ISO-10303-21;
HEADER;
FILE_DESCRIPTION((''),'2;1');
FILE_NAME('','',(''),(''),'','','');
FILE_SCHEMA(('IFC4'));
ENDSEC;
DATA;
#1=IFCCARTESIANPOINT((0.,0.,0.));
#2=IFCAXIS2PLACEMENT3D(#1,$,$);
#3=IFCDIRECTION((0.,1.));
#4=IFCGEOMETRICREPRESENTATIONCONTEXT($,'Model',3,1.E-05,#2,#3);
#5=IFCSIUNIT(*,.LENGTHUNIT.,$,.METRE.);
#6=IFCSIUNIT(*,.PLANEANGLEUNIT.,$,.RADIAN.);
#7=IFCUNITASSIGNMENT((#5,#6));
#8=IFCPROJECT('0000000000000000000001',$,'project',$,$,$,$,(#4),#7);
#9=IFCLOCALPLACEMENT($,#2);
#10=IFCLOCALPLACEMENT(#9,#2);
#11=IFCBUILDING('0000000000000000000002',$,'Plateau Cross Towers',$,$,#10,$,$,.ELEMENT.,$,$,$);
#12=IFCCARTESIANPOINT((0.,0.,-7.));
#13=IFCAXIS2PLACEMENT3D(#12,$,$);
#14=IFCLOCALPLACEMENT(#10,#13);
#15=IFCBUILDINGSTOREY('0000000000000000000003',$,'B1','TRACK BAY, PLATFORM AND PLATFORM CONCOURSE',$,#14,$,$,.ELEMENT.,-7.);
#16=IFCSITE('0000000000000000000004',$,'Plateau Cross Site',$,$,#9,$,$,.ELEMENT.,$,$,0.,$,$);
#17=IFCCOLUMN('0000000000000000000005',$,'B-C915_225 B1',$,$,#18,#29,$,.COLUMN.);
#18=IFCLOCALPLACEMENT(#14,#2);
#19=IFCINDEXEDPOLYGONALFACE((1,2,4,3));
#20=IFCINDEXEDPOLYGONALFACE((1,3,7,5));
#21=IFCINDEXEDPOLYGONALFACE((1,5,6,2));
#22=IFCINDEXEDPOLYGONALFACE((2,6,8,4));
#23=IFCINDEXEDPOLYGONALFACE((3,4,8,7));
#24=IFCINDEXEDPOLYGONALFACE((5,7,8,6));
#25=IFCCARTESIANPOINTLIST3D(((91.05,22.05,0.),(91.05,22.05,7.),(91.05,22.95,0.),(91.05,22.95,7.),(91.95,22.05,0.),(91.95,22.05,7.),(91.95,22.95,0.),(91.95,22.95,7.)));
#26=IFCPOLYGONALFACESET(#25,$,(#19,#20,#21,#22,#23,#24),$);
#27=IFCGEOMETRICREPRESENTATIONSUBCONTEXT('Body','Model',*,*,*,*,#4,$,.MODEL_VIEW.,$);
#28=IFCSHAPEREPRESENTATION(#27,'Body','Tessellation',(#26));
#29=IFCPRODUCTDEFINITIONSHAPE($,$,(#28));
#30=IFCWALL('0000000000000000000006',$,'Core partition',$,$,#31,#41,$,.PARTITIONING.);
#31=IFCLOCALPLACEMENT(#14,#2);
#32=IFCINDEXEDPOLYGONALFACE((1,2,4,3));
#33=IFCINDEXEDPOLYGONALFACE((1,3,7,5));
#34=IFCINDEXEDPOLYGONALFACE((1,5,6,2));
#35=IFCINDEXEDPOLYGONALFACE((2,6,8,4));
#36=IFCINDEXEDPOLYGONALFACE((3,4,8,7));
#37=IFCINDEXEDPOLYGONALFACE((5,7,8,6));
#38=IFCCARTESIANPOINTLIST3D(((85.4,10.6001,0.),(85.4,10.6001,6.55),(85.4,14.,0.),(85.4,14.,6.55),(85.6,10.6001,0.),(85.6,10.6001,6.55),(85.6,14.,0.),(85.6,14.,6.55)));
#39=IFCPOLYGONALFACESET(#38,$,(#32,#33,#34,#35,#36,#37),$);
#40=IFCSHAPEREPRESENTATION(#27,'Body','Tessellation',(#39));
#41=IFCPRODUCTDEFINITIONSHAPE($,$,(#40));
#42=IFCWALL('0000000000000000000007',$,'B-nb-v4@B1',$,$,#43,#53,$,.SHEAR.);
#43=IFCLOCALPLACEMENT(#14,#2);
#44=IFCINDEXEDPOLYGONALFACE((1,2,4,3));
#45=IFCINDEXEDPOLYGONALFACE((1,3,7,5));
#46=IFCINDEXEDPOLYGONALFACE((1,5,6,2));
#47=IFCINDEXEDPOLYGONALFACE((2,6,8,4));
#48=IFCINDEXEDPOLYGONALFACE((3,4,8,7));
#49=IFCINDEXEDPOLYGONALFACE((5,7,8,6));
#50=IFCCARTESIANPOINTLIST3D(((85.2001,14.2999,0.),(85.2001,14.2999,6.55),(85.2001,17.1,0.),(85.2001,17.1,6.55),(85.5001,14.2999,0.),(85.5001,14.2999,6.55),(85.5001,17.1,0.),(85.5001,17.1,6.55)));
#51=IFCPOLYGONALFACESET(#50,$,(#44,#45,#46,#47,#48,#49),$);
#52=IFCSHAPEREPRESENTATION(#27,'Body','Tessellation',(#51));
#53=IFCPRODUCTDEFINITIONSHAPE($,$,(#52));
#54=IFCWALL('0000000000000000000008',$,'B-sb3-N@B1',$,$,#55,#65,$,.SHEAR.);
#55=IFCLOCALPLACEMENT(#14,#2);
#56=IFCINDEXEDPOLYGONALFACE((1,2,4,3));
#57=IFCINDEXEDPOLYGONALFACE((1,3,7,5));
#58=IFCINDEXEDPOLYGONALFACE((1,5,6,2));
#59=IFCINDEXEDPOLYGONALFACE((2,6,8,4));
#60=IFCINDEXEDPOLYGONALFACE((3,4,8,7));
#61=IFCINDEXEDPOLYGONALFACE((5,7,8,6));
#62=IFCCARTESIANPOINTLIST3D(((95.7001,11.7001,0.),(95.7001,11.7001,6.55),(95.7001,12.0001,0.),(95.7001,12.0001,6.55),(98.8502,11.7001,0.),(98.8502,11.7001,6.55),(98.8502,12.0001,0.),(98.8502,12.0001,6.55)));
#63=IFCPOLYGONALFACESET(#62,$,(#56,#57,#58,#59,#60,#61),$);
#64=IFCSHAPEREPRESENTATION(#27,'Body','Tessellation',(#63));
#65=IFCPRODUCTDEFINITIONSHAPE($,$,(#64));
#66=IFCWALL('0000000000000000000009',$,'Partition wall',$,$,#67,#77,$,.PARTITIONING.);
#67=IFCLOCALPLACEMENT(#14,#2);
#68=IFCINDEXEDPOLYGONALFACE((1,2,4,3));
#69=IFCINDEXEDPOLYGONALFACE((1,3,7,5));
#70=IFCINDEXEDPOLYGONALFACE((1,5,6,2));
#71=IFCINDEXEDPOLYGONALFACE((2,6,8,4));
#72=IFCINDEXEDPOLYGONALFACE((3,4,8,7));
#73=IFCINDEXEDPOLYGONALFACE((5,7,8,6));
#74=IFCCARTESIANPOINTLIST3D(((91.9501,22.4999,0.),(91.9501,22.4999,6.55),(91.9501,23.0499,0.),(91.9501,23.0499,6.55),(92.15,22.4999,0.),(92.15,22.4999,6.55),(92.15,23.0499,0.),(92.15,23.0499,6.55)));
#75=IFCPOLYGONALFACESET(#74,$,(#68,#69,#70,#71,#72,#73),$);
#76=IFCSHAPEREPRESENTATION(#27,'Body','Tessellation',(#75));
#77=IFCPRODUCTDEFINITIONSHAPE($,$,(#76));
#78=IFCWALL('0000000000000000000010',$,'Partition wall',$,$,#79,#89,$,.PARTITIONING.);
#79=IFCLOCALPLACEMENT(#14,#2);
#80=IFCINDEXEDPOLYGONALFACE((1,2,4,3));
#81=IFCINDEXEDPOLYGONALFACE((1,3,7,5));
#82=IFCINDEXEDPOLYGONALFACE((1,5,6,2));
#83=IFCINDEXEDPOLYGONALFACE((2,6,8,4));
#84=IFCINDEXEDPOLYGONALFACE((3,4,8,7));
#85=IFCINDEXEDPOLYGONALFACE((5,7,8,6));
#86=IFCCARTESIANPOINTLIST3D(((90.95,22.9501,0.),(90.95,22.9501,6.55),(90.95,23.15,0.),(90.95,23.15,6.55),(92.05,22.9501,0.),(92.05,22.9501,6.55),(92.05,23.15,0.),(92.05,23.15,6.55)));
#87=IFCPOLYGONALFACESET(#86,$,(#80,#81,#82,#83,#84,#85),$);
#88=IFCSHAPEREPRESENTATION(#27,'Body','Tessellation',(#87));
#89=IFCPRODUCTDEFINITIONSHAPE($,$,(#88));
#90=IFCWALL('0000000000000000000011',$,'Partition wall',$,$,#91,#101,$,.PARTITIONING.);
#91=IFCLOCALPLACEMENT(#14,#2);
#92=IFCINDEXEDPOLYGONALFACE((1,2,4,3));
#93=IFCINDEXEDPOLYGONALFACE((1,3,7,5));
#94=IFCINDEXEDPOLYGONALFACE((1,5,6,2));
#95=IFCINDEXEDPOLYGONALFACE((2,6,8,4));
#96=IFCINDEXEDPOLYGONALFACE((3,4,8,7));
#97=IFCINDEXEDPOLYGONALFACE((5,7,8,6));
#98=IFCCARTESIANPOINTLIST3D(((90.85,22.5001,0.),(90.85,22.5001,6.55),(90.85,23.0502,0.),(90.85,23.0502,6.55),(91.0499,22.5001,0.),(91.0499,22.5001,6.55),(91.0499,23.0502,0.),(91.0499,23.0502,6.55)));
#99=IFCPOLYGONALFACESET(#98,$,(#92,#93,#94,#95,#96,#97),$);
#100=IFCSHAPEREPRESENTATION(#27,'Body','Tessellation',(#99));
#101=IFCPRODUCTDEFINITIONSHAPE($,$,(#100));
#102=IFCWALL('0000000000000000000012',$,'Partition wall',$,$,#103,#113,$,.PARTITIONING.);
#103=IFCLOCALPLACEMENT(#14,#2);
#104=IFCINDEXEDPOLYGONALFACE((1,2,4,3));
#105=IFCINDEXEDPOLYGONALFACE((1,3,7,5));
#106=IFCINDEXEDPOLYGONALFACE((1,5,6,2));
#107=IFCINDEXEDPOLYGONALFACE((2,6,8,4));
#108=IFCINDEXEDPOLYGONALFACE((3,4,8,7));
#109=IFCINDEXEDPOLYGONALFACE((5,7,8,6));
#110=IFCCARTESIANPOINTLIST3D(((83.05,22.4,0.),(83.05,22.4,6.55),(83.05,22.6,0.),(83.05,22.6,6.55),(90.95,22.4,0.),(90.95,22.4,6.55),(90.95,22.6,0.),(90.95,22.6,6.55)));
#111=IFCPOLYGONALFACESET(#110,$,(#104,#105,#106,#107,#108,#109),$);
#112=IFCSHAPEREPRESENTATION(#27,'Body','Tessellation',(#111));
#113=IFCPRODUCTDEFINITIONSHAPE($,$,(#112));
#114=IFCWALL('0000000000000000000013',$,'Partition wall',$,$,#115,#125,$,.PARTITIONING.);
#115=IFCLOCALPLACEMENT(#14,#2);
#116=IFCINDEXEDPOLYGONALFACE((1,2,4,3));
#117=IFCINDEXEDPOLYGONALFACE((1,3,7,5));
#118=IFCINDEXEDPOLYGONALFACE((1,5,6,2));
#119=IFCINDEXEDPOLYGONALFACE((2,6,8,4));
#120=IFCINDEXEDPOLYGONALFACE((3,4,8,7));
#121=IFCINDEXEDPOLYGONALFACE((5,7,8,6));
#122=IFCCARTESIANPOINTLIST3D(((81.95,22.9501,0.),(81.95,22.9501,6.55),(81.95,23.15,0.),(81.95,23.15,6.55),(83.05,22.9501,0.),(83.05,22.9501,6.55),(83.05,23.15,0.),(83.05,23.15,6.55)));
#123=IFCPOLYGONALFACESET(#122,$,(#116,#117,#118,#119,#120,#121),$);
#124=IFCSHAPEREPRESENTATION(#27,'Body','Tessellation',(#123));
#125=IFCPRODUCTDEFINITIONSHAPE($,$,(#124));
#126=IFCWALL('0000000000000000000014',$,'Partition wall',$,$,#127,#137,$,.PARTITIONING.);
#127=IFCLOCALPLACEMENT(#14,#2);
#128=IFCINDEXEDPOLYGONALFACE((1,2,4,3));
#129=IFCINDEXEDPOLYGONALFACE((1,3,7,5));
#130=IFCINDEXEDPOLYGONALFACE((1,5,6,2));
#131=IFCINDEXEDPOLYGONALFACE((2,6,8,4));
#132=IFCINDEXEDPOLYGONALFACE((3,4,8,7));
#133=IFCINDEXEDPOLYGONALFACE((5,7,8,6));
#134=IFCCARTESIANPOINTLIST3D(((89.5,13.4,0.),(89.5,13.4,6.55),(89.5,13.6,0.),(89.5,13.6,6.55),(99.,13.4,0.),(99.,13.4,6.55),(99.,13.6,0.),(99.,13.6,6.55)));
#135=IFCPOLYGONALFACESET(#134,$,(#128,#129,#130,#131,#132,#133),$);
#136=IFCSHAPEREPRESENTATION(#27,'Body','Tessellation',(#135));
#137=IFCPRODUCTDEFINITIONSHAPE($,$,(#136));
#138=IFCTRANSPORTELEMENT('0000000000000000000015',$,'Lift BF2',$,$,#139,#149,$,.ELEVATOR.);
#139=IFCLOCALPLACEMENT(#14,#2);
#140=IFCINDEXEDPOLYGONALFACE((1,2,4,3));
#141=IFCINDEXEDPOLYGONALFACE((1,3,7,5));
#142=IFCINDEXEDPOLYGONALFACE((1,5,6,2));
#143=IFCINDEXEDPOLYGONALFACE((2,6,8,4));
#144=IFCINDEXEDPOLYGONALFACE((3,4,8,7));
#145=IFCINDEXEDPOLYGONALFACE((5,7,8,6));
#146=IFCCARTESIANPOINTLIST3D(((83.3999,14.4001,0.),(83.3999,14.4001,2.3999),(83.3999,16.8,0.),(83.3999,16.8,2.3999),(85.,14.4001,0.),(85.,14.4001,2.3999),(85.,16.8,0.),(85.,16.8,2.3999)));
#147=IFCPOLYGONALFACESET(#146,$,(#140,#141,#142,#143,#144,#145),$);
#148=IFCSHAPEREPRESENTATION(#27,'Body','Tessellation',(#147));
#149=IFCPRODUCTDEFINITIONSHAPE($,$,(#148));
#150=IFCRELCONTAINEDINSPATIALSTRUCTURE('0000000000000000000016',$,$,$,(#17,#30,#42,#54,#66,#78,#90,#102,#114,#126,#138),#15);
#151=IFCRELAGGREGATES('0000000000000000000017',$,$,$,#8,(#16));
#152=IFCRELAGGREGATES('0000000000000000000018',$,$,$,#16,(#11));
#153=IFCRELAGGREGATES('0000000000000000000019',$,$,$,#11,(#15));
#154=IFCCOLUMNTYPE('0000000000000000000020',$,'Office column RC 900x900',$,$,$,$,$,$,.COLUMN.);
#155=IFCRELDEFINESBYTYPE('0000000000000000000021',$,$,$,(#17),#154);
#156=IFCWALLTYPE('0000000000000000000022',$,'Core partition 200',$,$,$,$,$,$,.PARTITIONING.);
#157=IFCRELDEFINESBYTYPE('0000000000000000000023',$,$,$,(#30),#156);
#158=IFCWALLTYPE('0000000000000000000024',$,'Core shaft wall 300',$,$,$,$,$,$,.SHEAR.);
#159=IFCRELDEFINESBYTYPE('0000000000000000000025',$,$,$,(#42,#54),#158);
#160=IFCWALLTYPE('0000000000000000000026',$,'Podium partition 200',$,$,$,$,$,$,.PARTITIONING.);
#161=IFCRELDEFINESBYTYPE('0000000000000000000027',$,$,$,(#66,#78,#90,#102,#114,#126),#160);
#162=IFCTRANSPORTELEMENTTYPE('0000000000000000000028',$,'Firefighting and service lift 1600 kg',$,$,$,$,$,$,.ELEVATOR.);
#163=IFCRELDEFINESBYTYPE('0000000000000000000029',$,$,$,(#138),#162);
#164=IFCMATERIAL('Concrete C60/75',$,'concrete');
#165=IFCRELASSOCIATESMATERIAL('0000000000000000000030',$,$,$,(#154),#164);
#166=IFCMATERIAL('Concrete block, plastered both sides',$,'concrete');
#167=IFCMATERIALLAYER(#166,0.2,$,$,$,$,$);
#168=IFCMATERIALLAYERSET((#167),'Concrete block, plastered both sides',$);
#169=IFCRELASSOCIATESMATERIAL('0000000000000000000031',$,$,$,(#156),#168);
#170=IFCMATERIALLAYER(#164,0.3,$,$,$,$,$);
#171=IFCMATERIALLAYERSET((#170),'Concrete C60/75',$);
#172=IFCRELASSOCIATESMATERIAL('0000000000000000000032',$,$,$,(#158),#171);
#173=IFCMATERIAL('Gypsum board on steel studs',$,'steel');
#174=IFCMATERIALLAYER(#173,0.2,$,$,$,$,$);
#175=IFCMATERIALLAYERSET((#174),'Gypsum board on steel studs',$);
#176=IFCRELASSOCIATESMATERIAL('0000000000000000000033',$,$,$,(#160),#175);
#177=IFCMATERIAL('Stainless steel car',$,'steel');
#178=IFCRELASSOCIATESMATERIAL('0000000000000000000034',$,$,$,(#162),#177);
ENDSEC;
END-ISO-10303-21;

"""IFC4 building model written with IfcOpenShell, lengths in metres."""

from ifc_helpers import new_model, si_unit, direction, frame, frame_2d, origin, origin_2d, place, context, subcontext, project, spatial, rectangle, extrude, material, layer, layer_set, material_profile, profile_set, type_object, element, save


model = new_model("IFC4")

# Units and contexts
model_context = context("Model", 3, precision=1e-05, world=origin(), true_north=direction((0.0, 1.0)))
body_context = subcontext(model_context, "Body", "Model", "MODEL_VIEW")
ifc_project = project(units=[si_unit("LENGTHUNIT", "METRE"), si_unit("PLANEANGLEUNIT", "RADIAN")], contexts=[model_context])

# Site, building, storey
site_placement = place(None, origin())
site = spatial("IfcSite", under=ifc_project, at=site_placement, Name="Plateau Cross Site", CompositionType="ELEMENT", RefElevation=0.0)
building_placement = place(site_placement, origin())
building = spatial("IfcBuilding", under=site, at=building_placement, Name="Plateau Cross Towers", CompositionType="ELEMENT")
storey_placement = place(building_placement, frame((0.0, 0.0, -7.0)))
storey = spatial("IfcBuildingStorey", under=building, at=storey_placement, Name="B1", Description="TRACK BAY, PLATFORM AND PLATFORM CONCOURSE", CompositionType="ELEMENT", Elevation=-7.0)

# Column
ifc_material_1 = material(Name="Concrete C60/75", Category="concrete")
ifc_material_profile_1 = material_profile(ifc_material_1, rectangle(XDim=0.8999, YDim=0.8999, at=origin_2d()), Name="RC 900x900")
ifc_profile_set_1 = profile_set([ifc_material_profile_1], Name="Concrete C60/75")
column_type = type_object("IfcColumnType", Name="Office column RC 900x900", PredefinedType="COLUMN", material=ifc_profile_set_1)
column_placement = place(storey_placement, frame((91.5, 22.5, 0.0), z_axis=(0.0, 0.0, 1.0), x_axis=(1.0, 0.0, 0.0)))
element("IfcColumn", 1, at=column_placement, inside=storey, type_object=column_type, Name="B-C915_225 B1", PredefinedType="COLUMN", context=body_context, shape_type="SweptSolid", body=[
    extrude(rectangle(XDim=0.8999, YDim=0.8999, at=origin_2d()), origin(), (0.0, 0.0, 1.0), 7.0),
])

# Walls
ifc_material_2 = material(Name="Concrete block, plastered both sides", Category="concrete")
ifc_layer_1 = layer(ifc_material_2, 0.2)
ifc_layer_set_1 = layer_set([ifc_layer_1], Name="Concrete block, plastered both sides")
wall_type_1 = type_object("IfcWallType", Name="Core partition 200", PredefinedType="PARTITIONING", material=ifc_layer_set_1)
wall_1_placement = place(storey_placement, frame((85.5, 10.6001, 0.0), z_axis=(0.0, 0.0, 1.0), x_axis=(0.0, 1.0, 0.0)))
element("IfcWall", 2, at=wall_1_placement, inside=storey, type_object=wall_type_1, Name="Core partition", PredefinedType="PARTITIONING", context=body_context, shape_type="SweptSolid", body=[
    extrude(rectangle(XDim=3.3999, YDim=0.2, at=frame_2d((1.7, 0.0))), origin(), (0.0, 0.0, 1.0), 6.55),
])
ifc_layer_2 = layer(ifc_material_1, 0.3)
ifc_layer_set_2 = layer_set([ifc_layer_2], Name="Concrete C60/75")
wall_type_2 = type_object("IfcWallType", Name="Core shaft wall 300", PredefinedType="SHEAR", material=ifc_layer_set_2)
wall_2_placement = place(storey_placement, frame((85.3501, 14.3, 0.0), z_axis=(0.0, 0.0, 1.0), x_axis=(0.0, 1.0, 0.0)))
element("IfcWall", 3, at=wall_2_placement, inside=storey, type_object=wall_type_2, Name="B-nb-v4@B1", PredefinedType="SHEAR", context=body_context, shape_type="SweptSolid", body=[
    extrude(rectangle(XDim=2.8, YDim=0.3, at=frame_2d((1.3999, 0.0))), origin(), (0.0, 0.0, 1.0), 6.55),
])
wall_3_placement = place(storey_placement, frame((95.7, 11.8501, 0.0), z_axis=(0.0, 0.0, 1.0), x_axis=(1.0, 0.0, 0.0)))
element("IfcWall", 4, at=wall_3_placement, inside=storey, type_object=wall_type_2, Name="B-sb3-N@B1", PredefinedType="SHEAR", context=body_context, shape_type="SweptSolid", body=[
    extrude(rectangle(XDim=3.1501, YDim=0.3, at=frame_2d((1.5752, 0.0))), origin(), (0.0, 0.0, 1.0), 6.55),
])
ifc_material_3 = material(Name="Gypsum board on steel studs", Category="steel")
ifc_layer_3 = layer(ifc_material_3, 0.2)
ifc_layer_set_3 = layer_set([ifc_layer_3], Name="Gypsum board on steel studs")
wall_type_3 = type_object("IfcWallType", Name="Podium partition 200", PredefinedType="PARTITIONING", material=ifc_layer_set_3)
wall_4_placement = place(storey_placement, frame((92.05, 22.5, 0.0), z_axis=(0.0, 0.0, 1.0), x_axis=(0.0, 1.0, 0.0)))
element("IfcWall", 5, at=wall_4_placement, inside=storey, type_object=wall_type_3, Name="Partition wall", PredefinedType="PARTITIONING", context=body_context, shape_type="SweptSolid", body=[
    extrude(rectangle(XDim=0.55, YDim=0.2, at=frame_2d((0.2749, 0.0))), origin(), (0.0, 0.0, 1.0), 6.55),
])
wall_5_placement = place(storey_placement, frame((92.05, 23.05, 0.0), z_axis=(0.0, 0.0, 1.0), x_axis=(-1.0, 0.0, 0.0)))
element("IfcWall", 6, at=wall_5_placement, inside=storey, type_object=wall_type_3, Name="Partition wall", PredefinedType="PARTITIONING", context=body_context, shape_type="SweptSolid", body=[
    extrude(rectangle(XDim=1.1001, YDim=0.2, at=frame_2d((0.55, 0.0))), origin(), (0.0, 0.0, 1.0), 6.55),
])
wall_6_placement = place(storey_placement, frame((90.95, 23.05, 0.0), z_axis=(0.0, 0.0, 1.0), x_axis=(0.0, -1.0, 0.0)))
element("IfcWall", 7, at=wall_6_placement, inside=storey, type_object=wall_type_3, Name="Partition wall", PredefinedType="PARTITIONING", context=body_context, shape_type="SweptSolid", body=[
    extrude(rectangle(XDim=0.55, YDim=0.2, at=frame_2d((0.2749, 0.0))), origin(), (0.0, 0.0, 1.0), 6.55),
])
wall_7_placement = place(storey_placement, frame((90.95, 22.5, 0.0), z_axis=(0.0, 0.0, 1.0), x_axis=(-1.0, 0.0, 0.0)))
element("IfcWall", 8, at=wall_7_placement, inside=storey, type_object=wall_type_3, Name="Partition wall", PredefinedType="PARTITIONING", context=body_context, shape_type="SweptSolid", body=[
    extrude(rectangle(XDim=7.8999, YDim=0.2, at=frame_2d((3.95, 0.0))), origin(), (0.0, 0.0, 1.0), 6.55),
])
wall_8_placement = place(storey_placement, frame((83.05, 23.05, 0.0), z_axis=(0.0, 0.0, 1.0), x_axis=(-1.0, 0.0, 0.0)))
element("IfcWall", 9, at=wall_8_placement, inside=storey, type_object=wall_type_3, Name="Partition wall", PredefinedType="PARTITIONING", context=body_context, shape_type="SweptSolid", body=[
    extrude(rectangle(XDim=1.1001, YDim=0.2, at=frame_2d((0.55, 0.0))), origin(), (0.0, 0.0, 1.0), 6.55),
])
wall_9_placement = place(storey_placement, frame((89.5, 13.5, 0.0), z_axis=(0.0, 0.0, 1.0), x_axis=(1.0, 0.0, 0.0)))
element("IfcWall", 10, at=wall_9_placement, inside=storey, type_object=wall_type_3, Name="Partition wall", PredefinedType="PARTITIONING", context=body_context, shape_type="SweptSolid", body=[
    extrude(rectangle(XDim=9.5, YDim=0.2, at=frame_2d((4.75, 0.0))), origin(), (0.0, 0.0, 1.0), 6.55),
])

# Transport element
ifc_material_4 = material(Name="Stainless steel car", Category="steel")
transport_element_type = type_object("IfcTransportElementType", Name="Firefighting and service lift 1600 kg", PredefinedType="ELEVATOR", material=ifc_material_4)
transport_element_placement = place(storey_placement, frame((84.2, 15.6001, 0.0), z_axis=(0.0, 0.0, 1.0), x_axis=(1.0, 0.0, 0.0)))
element("IfcTransportElement", 11, at=transport_element_placement, inside=storey, type_object=transport_element_type, Name="Lift BF2", PredefinedType="ELEVATOR", context=body_context, shape_type="SweptSolid", body=[
    extrude(rectangle(XDim=1.6001, YDim=2.3999, at=origin_2d()), origin(), (0.0, 0.0, 1.0), 2.3999),
])

save(model, "model.ifc")
